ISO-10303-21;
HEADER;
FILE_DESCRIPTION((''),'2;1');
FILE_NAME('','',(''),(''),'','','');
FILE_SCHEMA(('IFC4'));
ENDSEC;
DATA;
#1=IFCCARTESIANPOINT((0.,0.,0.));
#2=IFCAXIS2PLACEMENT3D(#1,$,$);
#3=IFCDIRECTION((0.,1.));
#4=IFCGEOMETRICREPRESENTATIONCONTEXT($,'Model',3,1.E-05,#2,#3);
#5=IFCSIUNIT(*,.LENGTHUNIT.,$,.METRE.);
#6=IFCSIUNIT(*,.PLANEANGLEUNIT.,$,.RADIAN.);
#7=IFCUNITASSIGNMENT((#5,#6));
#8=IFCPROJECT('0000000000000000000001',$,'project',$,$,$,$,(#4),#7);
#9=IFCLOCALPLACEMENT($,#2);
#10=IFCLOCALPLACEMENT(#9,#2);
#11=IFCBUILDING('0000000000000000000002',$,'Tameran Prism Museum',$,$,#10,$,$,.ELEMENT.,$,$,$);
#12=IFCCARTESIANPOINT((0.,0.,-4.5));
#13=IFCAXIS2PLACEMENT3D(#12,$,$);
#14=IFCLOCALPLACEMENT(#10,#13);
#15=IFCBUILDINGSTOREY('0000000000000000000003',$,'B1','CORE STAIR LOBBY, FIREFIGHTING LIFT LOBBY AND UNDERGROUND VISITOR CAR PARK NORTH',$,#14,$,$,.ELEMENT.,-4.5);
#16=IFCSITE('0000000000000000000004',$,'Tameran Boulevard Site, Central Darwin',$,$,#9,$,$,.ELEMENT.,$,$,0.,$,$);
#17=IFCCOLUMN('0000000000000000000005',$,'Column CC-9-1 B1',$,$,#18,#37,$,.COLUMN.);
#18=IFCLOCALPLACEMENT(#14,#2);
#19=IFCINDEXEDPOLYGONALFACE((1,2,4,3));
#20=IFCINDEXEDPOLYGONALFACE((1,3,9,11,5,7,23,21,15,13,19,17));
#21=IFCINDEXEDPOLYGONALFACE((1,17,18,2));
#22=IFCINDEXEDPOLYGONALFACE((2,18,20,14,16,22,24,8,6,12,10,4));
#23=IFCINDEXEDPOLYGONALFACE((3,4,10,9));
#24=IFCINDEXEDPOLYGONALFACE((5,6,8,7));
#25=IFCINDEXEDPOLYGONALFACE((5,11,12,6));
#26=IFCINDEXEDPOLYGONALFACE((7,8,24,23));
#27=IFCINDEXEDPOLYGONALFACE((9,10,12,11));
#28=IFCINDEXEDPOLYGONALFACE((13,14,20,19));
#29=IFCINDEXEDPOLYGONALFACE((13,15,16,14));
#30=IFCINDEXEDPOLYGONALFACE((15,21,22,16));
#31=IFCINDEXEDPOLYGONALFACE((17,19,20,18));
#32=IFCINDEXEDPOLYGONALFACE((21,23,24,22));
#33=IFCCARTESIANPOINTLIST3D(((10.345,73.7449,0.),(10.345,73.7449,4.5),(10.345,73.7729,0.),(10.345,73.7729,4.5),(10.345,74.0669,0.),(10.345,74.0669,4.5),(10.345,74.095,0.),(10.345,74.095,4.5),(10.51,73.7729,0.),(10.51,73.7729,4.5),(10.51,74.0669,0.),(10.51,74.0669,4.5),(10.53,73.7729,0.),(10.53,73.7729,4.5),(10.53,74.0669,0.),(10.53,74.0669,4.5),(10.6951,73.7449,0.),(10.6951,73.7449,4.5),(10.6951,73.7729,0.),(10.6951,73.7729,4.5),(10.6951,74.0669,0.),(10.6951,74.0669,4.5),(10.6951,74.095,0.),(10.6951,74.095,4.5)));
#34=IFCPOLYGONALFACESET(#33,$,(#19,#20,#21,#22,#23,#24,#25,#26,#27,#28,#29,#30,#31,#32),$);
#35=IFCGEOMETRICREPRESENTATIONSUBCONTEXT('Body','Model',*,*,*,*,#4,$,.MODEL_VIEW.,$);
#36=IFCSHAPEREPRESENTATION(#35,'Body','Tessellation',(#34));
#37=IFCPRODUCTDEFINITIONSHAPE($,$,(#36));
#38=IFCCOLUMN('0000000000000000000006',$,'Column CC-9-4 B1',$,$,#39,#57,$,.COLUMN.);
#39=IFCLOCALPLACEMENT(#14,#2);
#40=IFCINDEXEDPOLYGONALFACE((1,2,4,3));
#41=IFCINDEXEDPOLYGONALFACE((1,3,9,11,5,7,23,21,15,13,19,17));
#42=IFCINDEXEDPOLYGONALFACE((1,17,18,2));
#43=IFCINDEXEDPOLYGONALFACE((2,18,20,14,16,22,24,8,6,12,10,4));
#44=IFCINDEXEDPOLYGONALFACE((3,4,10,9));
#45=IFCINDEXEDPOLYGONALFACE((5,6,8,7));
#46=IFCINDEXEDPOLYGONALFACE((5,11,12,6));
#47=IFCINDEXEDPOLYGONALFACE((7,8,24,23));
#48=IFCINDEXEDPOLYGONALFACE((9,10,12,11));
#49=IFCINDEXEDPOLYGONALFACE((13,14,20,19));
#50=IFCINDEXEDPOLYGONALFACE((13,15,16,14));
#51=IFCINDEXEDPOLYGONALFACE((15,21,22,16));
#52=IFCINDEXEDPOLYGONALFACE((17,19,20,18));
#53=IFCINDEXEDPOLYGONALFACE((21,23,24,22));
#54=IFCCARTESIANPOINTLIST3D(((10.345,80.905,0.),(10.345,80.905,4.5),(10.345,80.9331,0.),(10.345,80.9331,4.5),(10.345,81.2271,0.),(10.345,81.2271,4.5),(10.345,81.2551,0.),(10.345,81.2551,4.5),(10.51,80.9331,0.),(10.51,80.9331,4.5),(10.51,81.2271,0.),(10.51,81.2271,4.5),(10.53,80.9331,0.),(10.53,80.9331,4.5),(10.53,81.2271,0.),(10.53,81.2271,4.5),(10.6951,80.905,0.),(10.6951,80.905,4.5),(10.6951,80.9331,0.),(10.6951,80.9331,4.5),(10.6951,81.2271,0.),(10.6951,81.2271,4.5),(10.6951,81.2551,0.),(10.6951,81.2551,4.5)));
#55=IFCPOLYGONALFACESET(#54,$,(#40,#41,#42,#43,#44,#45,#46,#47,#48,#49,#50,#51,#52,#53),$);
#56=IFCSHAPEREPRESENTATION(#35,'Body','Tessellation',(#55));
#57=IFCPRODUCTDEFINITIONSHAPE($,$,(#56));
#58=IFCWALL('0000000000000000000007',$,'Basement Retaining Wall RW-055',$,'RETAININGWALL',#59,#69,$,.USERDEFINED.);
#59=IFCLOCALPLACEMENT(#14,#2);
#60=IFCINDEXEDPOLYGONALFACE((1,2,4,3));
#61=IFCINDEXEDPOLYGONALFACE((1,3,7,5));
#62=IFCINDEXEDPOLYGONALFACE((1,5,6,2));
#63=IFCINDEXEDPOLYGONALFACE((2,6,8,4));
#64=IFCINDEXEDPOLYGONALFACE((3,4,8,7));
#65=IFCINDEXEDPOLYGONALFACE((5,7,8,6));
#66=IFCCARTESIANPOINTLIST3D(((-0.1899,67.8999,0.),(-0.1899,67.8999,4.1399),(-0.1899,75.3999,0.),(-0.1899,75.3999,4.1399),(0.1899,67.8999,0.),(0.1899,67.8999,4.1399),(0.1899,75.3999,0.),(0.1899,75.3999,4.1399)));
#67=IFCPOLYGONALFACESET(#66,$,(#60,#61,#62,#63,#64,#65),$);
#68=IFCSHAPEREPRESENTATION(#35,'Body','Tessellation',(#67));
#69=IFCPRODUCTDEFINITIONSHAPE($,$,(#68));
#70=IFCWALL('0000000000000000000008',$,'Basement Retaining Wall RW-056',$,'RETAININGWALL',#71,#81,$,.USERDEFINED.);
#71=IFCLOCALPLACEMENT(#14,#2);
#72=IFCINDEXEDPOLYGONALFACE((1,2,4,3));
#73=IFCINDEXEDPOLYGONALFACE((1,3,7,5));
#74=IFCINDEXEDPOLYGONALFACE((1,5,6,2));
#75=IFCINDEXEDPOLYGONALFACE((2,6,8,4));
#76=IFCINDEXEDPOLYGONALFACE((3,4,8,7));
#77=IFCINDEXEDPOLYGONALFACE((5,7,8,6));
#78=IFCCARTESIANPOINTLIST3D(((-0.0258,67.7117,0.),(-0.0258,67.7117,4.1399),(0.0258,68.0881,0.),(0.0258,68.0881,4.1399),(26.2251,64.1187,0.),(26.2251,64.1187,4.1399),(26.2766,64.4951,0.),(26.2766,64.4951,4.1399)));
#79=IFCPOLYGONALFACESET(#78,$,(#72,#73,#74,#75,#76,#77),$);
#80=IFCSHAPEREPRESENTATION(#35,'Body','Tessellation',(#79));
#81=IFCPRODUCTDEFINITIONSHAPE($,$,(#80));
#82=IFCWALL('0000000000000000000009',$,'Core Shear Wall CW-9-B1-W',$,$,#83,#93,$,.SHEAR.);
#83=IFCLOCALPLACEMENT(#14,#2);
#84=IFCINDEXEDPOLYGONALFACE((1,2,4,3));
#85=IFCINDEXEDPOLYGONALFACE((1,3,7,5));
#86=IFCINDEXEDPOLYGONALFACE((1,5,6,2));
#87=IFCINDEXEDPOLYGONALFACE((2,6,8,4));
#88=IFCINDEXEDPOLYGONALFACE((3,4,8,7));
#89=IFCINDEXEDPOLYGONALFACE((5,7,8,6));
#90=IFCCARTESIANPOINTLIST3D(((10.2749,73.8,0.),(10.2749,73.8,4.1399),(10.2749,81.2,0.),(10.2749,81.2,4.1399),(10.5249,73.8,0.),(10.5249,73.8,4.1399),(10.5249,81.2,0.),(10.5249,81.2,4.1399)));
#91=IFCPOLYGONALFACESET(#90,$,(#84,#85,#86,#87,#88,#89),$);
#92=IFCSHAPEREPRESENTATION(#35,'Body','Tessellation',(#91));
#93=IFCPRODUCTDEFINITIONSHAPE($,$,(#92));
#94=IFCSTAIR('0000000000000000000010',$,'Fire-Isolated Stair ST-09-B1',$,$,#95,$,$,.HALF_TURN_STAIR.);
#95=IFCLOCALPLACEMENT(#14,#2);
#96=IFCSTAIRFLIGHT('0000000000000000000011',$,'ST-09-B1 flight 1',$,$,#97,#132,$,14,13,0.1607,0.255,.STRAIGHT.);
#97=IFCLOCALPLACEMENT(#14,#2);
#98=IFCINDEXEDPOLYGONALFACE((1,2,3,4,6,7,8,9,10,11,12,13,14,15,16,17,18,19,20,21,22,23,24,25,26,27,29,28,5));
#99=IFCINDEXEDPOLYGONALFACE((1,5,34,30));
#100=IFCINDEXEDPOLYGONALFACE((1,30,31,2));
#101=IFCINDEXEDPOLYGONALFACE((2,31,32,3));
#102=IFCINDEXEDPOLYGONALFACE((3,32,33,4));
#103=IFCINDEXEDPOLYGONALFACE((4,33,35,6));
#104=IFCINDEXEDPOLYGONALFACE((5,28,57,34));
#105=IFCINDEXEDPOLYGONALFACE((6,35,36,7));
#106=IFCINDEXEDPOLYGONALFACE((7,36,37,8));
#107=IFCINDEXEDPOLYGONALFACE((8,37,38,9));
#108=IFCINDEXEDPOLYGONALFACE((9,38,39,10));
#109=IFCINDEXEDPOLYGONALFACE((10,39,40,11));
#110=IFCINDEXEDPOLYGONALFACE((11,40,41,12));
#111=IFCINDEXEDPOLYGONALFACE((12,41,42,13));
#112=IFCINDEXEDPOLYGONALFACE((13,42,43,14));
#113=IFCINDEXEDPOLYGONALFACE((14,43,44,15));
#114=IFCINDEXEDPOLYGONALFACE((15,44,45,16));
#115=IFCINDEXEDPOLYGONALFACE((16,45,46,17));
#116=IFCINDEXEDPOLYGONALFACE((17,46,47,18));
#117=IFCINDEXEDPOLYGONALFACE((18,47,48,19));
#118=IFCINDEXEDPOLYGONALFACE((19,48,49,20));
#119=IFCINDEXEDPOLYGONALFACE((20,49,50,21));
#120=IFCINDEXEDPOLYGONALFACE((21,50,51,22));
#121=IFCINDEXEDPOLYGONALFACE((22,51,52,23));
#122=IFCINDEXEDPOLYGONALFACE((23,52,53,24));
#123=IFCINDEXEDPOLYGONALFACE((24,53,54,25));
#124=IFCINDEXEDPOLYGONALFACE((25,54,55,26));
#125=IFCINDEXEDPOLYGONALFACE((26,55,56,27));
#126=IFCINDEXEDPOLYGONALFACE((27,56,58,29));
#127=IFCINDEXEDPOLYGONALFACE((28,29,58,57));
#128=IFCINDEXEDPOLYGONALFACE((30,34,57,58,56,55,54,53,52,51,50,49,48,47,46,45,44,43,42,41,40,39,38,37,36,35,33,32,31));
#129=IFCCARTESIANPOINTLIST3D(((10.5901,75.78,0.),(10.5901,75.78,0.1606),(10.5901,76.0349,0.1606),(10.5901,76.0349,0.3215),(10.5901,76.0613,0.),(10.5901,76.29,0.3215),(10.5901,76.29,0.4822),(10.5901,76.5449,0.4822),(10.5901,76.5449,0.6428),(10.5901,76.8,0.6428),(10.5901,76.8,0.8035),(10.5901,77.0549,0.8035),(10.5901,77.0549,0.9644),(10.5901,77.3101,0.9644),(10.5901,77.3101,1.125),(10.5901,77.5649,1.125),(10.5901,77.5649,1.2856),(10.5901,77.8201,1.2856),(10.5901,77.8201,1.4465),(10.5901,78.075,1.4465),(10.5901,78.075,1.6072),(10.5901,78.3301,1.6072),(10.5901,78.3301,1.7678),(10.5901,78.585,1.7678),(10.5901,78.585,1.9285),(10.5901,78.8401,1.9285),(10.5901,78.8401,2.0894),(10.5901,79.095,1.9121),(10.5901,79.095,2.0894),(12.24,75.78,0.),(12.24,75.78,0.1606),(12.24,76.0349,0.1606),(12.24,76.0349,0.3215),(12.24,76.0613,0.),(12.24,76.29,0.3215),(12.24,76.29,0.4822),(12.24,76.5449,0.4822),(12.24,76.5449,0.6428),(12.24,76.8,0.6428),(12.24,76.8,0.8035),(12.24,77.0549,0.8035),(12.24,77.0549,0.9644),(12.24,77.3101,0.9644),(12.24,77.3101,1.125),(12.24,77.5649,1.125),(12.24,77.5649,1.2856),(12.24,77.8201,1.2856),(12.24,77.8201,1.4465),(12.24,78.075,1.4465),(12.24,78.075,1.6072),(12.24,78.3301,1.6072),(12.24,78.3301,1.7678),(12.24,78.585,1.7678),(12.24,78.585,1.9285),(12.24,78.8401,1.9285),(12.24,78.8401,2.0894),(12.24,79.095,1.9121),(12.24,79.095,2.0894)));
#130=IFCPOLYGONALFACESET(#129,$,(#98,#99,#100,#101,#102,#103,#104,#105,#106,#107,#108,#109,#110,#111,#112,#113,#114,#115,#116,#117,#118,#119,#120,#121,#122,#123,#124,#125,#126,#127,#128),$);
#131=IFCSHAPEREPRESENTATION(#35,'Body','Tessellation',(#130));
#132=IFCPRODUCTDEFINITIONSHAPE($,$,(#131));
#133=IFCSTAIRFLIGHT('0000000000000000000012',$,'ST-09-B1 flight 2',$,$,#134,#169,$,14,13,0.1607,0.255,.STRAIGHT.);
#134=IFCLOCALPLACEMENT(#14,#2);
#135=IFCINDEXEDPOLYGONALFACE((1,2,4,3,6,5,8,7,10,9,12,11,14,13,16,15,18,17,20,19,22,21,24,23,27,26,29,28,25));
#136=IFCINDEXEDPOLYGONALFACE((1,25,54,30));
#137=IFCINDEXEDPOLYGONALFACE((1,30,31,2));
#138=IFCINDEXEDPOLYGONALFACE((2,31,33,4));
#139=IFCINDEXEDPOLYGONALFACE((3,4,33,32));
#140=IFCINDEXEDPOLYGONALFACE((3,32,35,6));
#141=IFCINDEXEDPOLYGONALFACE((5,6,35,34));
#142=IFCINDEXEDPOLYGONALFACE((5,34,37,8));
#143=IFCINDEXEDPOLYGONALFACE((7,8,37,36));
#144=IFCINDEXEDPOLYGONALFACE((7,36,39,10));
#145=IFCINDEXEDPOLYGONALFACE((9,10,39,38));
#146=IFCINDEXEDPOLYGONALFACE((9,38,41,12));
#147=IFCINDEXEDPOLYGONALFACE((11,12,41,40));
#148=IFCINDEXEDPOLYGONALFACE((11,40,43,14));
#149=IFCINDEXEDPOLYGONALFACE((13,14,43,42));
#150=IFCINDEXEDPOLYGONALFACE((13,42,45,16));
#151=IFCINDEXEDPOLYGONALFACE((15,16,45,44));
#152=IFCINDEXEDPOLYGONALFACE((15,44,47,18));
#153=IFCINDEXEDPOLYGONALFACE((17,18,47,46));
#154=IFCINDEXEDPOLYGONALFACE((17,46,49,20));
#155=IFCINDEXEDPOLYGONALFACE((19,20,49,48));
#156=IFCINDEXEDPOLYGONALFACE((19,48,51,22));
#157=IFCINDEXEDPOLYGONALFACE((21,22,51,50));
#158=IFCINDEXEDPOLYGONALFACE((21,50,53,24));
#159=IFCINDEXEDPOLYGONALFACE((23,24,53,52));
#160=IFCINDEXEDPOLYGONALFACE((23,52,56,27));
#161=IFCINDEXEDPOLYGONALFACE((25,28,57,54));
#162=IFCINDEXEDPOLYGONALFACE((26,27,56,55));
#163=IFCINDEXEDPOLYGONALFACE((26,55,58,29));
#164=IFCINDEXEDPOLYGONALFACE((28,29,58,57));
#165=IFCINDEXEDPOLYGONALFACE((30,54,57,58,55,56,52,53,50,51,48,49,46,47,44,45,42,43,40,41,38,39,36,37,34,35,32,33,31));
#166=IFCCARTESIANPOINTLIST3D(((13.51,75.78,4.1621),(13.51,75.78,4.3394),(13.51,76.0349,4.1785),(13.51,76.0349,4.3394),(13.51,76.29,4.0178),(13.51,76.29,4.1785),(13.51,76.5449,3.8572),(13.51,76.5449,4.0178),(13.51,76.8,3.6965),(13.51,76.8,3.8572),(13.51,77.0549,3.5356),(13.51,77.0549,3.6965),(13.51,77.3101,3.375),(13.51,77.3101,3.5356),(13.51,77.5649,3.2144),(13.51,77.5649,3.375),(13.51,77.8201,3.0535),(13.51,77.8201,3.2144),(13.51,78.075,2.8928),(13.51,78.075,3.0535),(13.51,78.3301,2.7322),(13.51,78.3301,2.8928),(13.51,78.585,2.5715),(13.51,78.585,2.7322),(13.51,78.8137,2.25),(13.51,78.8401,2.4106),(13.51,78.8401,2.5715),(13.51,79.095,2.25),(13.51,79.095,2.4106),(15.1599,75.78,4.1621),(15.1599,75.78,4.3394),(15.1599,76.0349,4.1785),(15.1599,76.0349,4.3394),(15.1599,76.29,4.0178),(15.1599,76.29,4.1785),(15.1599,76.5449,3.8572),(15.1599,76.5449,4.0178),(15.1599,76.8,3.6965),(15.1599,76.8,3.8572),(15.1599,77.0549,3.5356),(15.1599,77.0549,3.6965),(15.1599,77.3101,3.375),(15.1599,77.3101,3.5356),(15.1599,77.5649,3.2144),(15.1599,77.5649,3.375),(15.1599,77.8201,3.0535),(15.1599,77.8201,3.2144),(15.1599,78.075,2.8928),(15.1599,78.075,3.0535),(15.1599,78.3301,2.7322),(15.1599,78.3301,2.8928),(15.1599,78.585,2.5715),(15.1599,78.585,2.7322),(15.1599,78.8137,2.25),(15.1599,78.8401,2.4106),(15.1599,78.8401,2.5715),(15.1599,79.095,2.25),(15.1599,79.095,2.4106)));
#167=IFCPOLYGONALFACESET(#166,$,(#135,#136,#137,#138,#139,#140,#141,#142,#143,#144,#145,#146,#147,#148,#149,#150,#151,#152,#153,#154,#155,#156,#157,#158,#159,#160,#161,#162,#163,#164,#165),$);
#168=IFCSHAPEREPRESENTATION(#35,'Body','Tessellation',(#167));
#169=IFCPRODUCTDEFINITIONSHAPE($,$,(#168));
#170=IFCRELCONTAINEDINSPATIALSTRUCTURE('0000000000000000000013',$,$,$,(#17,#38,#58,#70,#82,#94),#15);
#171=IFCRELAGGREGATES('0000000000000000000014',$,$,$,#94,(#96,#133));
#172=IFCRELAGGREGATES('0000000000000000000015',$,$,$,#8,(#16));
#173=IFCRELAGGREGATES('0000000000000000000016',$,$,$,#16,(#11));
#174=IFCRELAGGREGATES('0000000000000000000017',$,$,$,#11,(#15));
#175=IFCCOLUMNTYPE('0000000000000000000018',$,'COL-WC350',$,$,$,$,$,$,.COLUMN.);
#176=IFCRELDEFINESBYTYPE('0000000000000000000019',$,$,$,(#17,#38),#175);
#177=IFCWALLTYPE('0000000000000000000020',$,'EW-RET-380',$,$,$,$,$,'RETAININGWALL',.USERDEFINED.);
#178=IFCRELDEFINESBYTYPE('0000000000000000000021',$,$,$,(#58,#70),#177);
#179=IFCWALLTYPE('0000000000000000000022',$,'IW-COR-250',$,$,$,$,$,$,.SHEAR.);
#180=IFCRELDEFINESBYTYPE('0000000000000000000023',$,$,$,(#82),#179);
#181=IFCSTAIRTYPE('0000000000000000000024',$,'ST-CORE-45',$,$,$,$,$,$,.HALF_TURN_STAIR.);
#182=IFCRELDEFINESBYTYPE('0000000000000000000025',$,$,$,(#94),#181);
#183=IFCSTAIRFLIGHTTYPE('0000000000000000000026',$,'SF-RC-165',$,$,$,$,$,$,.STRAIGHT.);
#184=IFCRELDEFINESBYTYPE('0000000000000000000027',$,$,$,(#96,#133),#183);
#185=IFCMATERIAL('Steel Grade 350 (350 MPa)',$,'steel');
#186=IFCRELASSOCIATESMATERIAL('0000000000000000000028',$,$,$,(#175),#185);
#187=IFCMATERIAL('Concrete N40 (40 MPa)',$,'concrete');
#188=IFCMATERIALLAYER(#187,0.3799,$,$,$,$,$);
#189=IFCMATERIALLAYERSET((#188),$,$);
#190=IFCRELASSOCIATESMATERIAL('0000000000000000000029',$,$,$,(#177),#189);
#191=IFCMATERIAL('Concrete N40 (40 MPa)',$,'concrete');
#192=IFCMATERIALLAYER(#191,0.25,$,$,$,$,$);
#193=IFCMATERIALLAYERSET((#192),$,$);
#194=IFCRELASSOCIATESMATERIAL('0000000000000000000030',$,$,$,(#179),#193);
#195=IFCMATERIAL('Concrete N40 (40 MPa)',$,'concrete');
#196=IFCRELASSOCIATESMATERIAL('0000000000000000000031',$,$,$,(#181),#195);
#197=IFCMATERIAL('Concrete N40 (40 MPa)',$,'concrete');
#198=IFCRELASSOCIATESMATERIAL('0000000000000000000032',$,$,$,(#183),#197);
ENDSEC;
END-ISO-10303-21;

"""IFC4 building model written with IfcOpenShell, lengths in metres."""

from ifc_helpers import new_model, si_unit, direction, frame, frame_2d, origin, origin_2d, place, context, subcontext, project, spatial, polyline, rectangle, i_section, outline, extrude, material, layer, layer_set, material_profile, profile_set, type_object, element, aggregate, save


model = new_model("IFC4")

# Units and contexts
model_context = context("Model", 3, precision=1e-05, world=origin(), true_north=direction((0.0, 1.0)))
body_context = subcontext(model_context, "Body", "Model", "MODEL_VIEW")
ifc_project = project(units=[si_unit("LENGTHUNIT", "METRE"), si_unit("PLANEANGLEUNIT", "RADIAN")], contexts=[model_context])

# Site, building, storey
site_placement = place(None, origin())
site = spatial("IfcSite", under=ifc_project, at=site_placement, Name="Tameran Boulevard Site, Central Darwin", CompositionType="ELEMENT", RefElevation=0.0)
building_placement = place(site_placement, origin())
building = spatial("IfcBuilding", under=site, at=building_placement, Name="Tameran Prism Museum", CompositionType="ELEMENT")
storey_placement = place(building_placement, frame((0.0, 0.0, -4.5)))
storey = spatial("IfcBuildingStorey", under=building, at=storey_placement, Name="B1", Description="CORE STAIR LOBBY, FIREFIGHTING LIFT LOBBY AND UNDERGROUND VISITOR CAR PARK NORTH", CompositionType="ELEMENT", Elevation=-4.5)

# Columns
ifc_material_1 = material(Name="Steel Grade 350 (350 MPa)", Category="steel")
ifc_material_profile_1 = material_profile(ifc_material_1, i_section(OverallWidth=0.3501, OverallDepth=0.3501, WebThickness=0.02, FlangeThickness=0.0281, at=origin_2d()))
ifc_profile_set_1 = profile_set([ifc_material_profile_1])
column_type_1 = type_object("IfcColumnType", Name="COL-WC350", PredefinedType="COLUMN", material=ifc_profile_set_1)
for number, where, z_axis, x_axis, name in (
    (1, (10.52, 73.9199, 0.0), (0.0, 0.0, 1.0), (1.0, 0.0, 0.0), "Column CC-9-1 B1"),
    (2, (10.52, 81.0801, 0.0), (0.0, 0.0, 1.0), (1.0, 0.0, 0.0), "Column CC-9-4 B1"),
):
    element("IfcColumn", number, at=place(storey_placement, frame(where, z_axis=z_axis, x_axis=x_axis)), inside=storey, type_object=column_type_1, Name=name, PredefinedType="COLUMN", context=body_context, shape_type="SweptSolid", body=[
        extrude(i_section(OverallWidth=0.3501, OverallDepth=0.3501, WebThickness=0.02, FlangeThickness=0.0281, at=origin_2d()), origin(), (0.0, 0.0, 1.0), 4.5),
    ])

# Walls
ifc_material_2 = material(Name="Concrete N40 (40 MPa)", Category="concrete")
ifc_layer_1 = layer(ifc_material_2, 0.3799)
ifc_layer_set_1 = layer_set([ifc_layer_1])
wall_type_1 = type_object("IfcWallType", Name="EW-RET-380", ElementType="RETAININGWALL", PredefinedType="USERDEFINED", material=ifc_layer_set_1)
wall_1_placement = place(storey_placement, frame((0.0, 75.3999, 0.0), z_axis=(0.0, 0.0, 1.0), x_axis=(0.0, -1.0, 0.0)))
element("IfcWall", 3, at=wall_1_placement, inside=storey, type_object=wall_type_1, Name="Basement Retaining Wall RW-055", ObjectType="RETAININGWALL", PredefinedType="USERDEFINED", context=body_context, shape_type="SweptSolid", body=[
    extrude(rectangle(XDim=7.5, YDim=0.3799, at=frame_2d((3.75, 0.0))), origin(), (0.0, 0.0, 1.0), 4.1399),
])
wall_2_placement = place(storey_placement, frame((0.0, 67.8999, 0.0), z_axis=(0.0, 0.0, 1.0), x_axis=(0.990763, -0.135607, 0.0)))
element("IfcWall", 4, at=wall_2_placement, inside=storey, type_object=wall_type_1, Name="Basement Retaining Wall RW-056", ObjectType="RETAININGWALL", PredefinedType="USERDEFINED", context=body_context, shape_type="SweptSolid", body=[
    extrude(rectangle(XDim=26.4956, YDim=0.3799, at=frame_2d((13.2478, 0.0))), origin(), (0.0, 0.0, 1.0), 4.1399),
])
ifc_material_3 = material(Name="Concrete N40 (40 MPa)", Category="concrete")
ifc_layer_2 = layer(ifc_material_3, 0.25)
ifc_layer_set_2 = layer_set([ifc_layer_2])
wall_type_2 = type_object("IfcWallType", Name="IW-COR-250", PredefinedType="SHEAR", material=ifc_layer_set_2)
wall_3_placement = place(storey_placement, frame((10.3999, 73.8, 0.0), z_axis=(0.0, 0.0, 1.0), x_axis=(0.0, 1.0, 0.0)))
element("IfcWall", 5, at=wall_3_placement, inside=storey, type_object=wall_type_2, Name="Core Shear Wall CW-9-B1-W", PredefinedType="SHEAR", context=body_context, shape_type="SweptSolid", body=[
    extrude(rectangle(XDim=7.3999, YDim=0.25, at=frame_2d((3.7, 0.0))), origin(), (0.0, 0.0, 1.0), 4.1399),
])

# Stair, stair flights
ifc_material_4 = material(Name="Concrete N40 (40 MPa)", Category="concrete")
stair_type = type_object("IfcStairType", Name="ST-CORE-45", PredefinedType="HALF_TURN_STAIR", material=ifc_material_4)
stair_placement = place(storey_placement, origin())
stair = element("IfcStair", 6, at=stair_placement, inside=storey, type_object=stair_type, Name="Fire-Isolated Stair ST-09-B1", PredefinedType="HALF_TURN_STAIR")
ifc_material_5 = material(Name="Concrete N40 (40 MPa)", Category="concrete")
stair_flight_type = type_object("IfcStairFlightType", Name="SF-RC-165", PredefinedType="STRAIGHT", material=ifc_material_5)
stair_flight_1_placement = place(storey_placement, frame((11.415, 75.78, 0.0), z_axis=(0.0, 0.0, 1.0), x_axis=(0.0, 1.0, 0.0)))
stair_flight_1 = element("IfcStairFlight", 7, at=stair_flight_1_placement, type_object=stair_flight_type, Name="ST-09-B1 flight 1", NumberOfRisers=14, NumberOfTreads=13, PredefinedType="STRAIGHT", RiserHeight=0.1607, TreadLength=0.255, context=body_context, shape_type="SweptSolid", body=[
    extrude(outline(polyline([(0.0, 0.0), (0.0, 0.1606), (0.2549, 0.1606), (0.2549, 0.3215), (0.51, 0.3215), (0.51, 0.4822), (0.7649, 0.4822), (0.7649, 0.6428), (1.02, 0.6428), (1.02, 0.8035), (1.2749, 0.8035), (1.2749, 0.9644), (1.53, 0.9644), (1.53, 1.125), (1.7849, 1.125), (1.7849, 1.2856), (2.04, 1.2856), (2.04, 1.4465), (2.2949, 1.4465), (2.2949, 1.6072), (2.55, 1.6072), (2.55, 1.7678), (2.8049, 1.7678), (2.8049, 1.9285), (3.0601, 1.9285), (3.0601, 2.0894), (3.3149, 2.0894), (3.3149, 2.25), (3.3149, 1.9121), (0.2812, 0.0), (0.0, 0.0)])), frame((0.0, 0.825, 0.0), z_axis=(0.0, -1.0, 0.0), x_axis=(1.0, 0.0, 0.0)), (0.0, 0.0, 1.0), 1.6499),
])
stair_flight_2_placement = place(storey_placement, frame((14.335, 79.095, 2.25), z_axis=(0.0, 0.0, 1.0), x_axis=(0.0, -1.0, 0.0)))
stair_flight_2 = element("IfcStairFlight", 8, at=stair_flight_2_placement, type_object=stair_flight_type, Name="ST-09-B1 flight 2", NumberOfRisers=14, NumberOfTreads=13, PredefinedType="STRAIGHT", RiserHeight=0.1607, TreadLength=0.255, context=body_context, shape_type="SweptSolid", body=[
    extrude(outline(polyline([(0.0, 0.0), (0.0, 0.1606), (0.2549, 0.1606), (0.2549, 0.3215), (0.51, 0.3215), (0.51, 0.4822), (0.7649, 0.4822), (0.7649, 0.6428), (1.02, 0.6428), (1.02, 0.8035), (1.2749, 0.8035), (1.2749, 0.9644), (1.53, 0.9644), (1.53, 1.125), (1.7849, 1.125), (1.7849, 1.2856), (2.04, 1.2856), (2.04, 1.4465), (2.2949, 1.4465), (2.2949, 1.6072), (2.55, 1.6072), (2.55, 1.7678), (2.8049, 1.7678), (2.8049, 1.9285), (3.0601, 1.9285), (3.0601, 2.0894), (3.3149, 2.0894), (3.3149, 2.25), (3.3149, 1.9121), (0.2812, 0.0), (0.0, 0.0)])), frame((0.0, 0.825, 0.0), z_axis=(0.0, -1.0, 0.0), x_axis=(1.0, 0.0, 0.0)), (0.0, 0.0, 1.0), 1.6499),
])
aggregate(stair, [stair_flight_1, stair_flight_2])

save(model, "model.ifc")
